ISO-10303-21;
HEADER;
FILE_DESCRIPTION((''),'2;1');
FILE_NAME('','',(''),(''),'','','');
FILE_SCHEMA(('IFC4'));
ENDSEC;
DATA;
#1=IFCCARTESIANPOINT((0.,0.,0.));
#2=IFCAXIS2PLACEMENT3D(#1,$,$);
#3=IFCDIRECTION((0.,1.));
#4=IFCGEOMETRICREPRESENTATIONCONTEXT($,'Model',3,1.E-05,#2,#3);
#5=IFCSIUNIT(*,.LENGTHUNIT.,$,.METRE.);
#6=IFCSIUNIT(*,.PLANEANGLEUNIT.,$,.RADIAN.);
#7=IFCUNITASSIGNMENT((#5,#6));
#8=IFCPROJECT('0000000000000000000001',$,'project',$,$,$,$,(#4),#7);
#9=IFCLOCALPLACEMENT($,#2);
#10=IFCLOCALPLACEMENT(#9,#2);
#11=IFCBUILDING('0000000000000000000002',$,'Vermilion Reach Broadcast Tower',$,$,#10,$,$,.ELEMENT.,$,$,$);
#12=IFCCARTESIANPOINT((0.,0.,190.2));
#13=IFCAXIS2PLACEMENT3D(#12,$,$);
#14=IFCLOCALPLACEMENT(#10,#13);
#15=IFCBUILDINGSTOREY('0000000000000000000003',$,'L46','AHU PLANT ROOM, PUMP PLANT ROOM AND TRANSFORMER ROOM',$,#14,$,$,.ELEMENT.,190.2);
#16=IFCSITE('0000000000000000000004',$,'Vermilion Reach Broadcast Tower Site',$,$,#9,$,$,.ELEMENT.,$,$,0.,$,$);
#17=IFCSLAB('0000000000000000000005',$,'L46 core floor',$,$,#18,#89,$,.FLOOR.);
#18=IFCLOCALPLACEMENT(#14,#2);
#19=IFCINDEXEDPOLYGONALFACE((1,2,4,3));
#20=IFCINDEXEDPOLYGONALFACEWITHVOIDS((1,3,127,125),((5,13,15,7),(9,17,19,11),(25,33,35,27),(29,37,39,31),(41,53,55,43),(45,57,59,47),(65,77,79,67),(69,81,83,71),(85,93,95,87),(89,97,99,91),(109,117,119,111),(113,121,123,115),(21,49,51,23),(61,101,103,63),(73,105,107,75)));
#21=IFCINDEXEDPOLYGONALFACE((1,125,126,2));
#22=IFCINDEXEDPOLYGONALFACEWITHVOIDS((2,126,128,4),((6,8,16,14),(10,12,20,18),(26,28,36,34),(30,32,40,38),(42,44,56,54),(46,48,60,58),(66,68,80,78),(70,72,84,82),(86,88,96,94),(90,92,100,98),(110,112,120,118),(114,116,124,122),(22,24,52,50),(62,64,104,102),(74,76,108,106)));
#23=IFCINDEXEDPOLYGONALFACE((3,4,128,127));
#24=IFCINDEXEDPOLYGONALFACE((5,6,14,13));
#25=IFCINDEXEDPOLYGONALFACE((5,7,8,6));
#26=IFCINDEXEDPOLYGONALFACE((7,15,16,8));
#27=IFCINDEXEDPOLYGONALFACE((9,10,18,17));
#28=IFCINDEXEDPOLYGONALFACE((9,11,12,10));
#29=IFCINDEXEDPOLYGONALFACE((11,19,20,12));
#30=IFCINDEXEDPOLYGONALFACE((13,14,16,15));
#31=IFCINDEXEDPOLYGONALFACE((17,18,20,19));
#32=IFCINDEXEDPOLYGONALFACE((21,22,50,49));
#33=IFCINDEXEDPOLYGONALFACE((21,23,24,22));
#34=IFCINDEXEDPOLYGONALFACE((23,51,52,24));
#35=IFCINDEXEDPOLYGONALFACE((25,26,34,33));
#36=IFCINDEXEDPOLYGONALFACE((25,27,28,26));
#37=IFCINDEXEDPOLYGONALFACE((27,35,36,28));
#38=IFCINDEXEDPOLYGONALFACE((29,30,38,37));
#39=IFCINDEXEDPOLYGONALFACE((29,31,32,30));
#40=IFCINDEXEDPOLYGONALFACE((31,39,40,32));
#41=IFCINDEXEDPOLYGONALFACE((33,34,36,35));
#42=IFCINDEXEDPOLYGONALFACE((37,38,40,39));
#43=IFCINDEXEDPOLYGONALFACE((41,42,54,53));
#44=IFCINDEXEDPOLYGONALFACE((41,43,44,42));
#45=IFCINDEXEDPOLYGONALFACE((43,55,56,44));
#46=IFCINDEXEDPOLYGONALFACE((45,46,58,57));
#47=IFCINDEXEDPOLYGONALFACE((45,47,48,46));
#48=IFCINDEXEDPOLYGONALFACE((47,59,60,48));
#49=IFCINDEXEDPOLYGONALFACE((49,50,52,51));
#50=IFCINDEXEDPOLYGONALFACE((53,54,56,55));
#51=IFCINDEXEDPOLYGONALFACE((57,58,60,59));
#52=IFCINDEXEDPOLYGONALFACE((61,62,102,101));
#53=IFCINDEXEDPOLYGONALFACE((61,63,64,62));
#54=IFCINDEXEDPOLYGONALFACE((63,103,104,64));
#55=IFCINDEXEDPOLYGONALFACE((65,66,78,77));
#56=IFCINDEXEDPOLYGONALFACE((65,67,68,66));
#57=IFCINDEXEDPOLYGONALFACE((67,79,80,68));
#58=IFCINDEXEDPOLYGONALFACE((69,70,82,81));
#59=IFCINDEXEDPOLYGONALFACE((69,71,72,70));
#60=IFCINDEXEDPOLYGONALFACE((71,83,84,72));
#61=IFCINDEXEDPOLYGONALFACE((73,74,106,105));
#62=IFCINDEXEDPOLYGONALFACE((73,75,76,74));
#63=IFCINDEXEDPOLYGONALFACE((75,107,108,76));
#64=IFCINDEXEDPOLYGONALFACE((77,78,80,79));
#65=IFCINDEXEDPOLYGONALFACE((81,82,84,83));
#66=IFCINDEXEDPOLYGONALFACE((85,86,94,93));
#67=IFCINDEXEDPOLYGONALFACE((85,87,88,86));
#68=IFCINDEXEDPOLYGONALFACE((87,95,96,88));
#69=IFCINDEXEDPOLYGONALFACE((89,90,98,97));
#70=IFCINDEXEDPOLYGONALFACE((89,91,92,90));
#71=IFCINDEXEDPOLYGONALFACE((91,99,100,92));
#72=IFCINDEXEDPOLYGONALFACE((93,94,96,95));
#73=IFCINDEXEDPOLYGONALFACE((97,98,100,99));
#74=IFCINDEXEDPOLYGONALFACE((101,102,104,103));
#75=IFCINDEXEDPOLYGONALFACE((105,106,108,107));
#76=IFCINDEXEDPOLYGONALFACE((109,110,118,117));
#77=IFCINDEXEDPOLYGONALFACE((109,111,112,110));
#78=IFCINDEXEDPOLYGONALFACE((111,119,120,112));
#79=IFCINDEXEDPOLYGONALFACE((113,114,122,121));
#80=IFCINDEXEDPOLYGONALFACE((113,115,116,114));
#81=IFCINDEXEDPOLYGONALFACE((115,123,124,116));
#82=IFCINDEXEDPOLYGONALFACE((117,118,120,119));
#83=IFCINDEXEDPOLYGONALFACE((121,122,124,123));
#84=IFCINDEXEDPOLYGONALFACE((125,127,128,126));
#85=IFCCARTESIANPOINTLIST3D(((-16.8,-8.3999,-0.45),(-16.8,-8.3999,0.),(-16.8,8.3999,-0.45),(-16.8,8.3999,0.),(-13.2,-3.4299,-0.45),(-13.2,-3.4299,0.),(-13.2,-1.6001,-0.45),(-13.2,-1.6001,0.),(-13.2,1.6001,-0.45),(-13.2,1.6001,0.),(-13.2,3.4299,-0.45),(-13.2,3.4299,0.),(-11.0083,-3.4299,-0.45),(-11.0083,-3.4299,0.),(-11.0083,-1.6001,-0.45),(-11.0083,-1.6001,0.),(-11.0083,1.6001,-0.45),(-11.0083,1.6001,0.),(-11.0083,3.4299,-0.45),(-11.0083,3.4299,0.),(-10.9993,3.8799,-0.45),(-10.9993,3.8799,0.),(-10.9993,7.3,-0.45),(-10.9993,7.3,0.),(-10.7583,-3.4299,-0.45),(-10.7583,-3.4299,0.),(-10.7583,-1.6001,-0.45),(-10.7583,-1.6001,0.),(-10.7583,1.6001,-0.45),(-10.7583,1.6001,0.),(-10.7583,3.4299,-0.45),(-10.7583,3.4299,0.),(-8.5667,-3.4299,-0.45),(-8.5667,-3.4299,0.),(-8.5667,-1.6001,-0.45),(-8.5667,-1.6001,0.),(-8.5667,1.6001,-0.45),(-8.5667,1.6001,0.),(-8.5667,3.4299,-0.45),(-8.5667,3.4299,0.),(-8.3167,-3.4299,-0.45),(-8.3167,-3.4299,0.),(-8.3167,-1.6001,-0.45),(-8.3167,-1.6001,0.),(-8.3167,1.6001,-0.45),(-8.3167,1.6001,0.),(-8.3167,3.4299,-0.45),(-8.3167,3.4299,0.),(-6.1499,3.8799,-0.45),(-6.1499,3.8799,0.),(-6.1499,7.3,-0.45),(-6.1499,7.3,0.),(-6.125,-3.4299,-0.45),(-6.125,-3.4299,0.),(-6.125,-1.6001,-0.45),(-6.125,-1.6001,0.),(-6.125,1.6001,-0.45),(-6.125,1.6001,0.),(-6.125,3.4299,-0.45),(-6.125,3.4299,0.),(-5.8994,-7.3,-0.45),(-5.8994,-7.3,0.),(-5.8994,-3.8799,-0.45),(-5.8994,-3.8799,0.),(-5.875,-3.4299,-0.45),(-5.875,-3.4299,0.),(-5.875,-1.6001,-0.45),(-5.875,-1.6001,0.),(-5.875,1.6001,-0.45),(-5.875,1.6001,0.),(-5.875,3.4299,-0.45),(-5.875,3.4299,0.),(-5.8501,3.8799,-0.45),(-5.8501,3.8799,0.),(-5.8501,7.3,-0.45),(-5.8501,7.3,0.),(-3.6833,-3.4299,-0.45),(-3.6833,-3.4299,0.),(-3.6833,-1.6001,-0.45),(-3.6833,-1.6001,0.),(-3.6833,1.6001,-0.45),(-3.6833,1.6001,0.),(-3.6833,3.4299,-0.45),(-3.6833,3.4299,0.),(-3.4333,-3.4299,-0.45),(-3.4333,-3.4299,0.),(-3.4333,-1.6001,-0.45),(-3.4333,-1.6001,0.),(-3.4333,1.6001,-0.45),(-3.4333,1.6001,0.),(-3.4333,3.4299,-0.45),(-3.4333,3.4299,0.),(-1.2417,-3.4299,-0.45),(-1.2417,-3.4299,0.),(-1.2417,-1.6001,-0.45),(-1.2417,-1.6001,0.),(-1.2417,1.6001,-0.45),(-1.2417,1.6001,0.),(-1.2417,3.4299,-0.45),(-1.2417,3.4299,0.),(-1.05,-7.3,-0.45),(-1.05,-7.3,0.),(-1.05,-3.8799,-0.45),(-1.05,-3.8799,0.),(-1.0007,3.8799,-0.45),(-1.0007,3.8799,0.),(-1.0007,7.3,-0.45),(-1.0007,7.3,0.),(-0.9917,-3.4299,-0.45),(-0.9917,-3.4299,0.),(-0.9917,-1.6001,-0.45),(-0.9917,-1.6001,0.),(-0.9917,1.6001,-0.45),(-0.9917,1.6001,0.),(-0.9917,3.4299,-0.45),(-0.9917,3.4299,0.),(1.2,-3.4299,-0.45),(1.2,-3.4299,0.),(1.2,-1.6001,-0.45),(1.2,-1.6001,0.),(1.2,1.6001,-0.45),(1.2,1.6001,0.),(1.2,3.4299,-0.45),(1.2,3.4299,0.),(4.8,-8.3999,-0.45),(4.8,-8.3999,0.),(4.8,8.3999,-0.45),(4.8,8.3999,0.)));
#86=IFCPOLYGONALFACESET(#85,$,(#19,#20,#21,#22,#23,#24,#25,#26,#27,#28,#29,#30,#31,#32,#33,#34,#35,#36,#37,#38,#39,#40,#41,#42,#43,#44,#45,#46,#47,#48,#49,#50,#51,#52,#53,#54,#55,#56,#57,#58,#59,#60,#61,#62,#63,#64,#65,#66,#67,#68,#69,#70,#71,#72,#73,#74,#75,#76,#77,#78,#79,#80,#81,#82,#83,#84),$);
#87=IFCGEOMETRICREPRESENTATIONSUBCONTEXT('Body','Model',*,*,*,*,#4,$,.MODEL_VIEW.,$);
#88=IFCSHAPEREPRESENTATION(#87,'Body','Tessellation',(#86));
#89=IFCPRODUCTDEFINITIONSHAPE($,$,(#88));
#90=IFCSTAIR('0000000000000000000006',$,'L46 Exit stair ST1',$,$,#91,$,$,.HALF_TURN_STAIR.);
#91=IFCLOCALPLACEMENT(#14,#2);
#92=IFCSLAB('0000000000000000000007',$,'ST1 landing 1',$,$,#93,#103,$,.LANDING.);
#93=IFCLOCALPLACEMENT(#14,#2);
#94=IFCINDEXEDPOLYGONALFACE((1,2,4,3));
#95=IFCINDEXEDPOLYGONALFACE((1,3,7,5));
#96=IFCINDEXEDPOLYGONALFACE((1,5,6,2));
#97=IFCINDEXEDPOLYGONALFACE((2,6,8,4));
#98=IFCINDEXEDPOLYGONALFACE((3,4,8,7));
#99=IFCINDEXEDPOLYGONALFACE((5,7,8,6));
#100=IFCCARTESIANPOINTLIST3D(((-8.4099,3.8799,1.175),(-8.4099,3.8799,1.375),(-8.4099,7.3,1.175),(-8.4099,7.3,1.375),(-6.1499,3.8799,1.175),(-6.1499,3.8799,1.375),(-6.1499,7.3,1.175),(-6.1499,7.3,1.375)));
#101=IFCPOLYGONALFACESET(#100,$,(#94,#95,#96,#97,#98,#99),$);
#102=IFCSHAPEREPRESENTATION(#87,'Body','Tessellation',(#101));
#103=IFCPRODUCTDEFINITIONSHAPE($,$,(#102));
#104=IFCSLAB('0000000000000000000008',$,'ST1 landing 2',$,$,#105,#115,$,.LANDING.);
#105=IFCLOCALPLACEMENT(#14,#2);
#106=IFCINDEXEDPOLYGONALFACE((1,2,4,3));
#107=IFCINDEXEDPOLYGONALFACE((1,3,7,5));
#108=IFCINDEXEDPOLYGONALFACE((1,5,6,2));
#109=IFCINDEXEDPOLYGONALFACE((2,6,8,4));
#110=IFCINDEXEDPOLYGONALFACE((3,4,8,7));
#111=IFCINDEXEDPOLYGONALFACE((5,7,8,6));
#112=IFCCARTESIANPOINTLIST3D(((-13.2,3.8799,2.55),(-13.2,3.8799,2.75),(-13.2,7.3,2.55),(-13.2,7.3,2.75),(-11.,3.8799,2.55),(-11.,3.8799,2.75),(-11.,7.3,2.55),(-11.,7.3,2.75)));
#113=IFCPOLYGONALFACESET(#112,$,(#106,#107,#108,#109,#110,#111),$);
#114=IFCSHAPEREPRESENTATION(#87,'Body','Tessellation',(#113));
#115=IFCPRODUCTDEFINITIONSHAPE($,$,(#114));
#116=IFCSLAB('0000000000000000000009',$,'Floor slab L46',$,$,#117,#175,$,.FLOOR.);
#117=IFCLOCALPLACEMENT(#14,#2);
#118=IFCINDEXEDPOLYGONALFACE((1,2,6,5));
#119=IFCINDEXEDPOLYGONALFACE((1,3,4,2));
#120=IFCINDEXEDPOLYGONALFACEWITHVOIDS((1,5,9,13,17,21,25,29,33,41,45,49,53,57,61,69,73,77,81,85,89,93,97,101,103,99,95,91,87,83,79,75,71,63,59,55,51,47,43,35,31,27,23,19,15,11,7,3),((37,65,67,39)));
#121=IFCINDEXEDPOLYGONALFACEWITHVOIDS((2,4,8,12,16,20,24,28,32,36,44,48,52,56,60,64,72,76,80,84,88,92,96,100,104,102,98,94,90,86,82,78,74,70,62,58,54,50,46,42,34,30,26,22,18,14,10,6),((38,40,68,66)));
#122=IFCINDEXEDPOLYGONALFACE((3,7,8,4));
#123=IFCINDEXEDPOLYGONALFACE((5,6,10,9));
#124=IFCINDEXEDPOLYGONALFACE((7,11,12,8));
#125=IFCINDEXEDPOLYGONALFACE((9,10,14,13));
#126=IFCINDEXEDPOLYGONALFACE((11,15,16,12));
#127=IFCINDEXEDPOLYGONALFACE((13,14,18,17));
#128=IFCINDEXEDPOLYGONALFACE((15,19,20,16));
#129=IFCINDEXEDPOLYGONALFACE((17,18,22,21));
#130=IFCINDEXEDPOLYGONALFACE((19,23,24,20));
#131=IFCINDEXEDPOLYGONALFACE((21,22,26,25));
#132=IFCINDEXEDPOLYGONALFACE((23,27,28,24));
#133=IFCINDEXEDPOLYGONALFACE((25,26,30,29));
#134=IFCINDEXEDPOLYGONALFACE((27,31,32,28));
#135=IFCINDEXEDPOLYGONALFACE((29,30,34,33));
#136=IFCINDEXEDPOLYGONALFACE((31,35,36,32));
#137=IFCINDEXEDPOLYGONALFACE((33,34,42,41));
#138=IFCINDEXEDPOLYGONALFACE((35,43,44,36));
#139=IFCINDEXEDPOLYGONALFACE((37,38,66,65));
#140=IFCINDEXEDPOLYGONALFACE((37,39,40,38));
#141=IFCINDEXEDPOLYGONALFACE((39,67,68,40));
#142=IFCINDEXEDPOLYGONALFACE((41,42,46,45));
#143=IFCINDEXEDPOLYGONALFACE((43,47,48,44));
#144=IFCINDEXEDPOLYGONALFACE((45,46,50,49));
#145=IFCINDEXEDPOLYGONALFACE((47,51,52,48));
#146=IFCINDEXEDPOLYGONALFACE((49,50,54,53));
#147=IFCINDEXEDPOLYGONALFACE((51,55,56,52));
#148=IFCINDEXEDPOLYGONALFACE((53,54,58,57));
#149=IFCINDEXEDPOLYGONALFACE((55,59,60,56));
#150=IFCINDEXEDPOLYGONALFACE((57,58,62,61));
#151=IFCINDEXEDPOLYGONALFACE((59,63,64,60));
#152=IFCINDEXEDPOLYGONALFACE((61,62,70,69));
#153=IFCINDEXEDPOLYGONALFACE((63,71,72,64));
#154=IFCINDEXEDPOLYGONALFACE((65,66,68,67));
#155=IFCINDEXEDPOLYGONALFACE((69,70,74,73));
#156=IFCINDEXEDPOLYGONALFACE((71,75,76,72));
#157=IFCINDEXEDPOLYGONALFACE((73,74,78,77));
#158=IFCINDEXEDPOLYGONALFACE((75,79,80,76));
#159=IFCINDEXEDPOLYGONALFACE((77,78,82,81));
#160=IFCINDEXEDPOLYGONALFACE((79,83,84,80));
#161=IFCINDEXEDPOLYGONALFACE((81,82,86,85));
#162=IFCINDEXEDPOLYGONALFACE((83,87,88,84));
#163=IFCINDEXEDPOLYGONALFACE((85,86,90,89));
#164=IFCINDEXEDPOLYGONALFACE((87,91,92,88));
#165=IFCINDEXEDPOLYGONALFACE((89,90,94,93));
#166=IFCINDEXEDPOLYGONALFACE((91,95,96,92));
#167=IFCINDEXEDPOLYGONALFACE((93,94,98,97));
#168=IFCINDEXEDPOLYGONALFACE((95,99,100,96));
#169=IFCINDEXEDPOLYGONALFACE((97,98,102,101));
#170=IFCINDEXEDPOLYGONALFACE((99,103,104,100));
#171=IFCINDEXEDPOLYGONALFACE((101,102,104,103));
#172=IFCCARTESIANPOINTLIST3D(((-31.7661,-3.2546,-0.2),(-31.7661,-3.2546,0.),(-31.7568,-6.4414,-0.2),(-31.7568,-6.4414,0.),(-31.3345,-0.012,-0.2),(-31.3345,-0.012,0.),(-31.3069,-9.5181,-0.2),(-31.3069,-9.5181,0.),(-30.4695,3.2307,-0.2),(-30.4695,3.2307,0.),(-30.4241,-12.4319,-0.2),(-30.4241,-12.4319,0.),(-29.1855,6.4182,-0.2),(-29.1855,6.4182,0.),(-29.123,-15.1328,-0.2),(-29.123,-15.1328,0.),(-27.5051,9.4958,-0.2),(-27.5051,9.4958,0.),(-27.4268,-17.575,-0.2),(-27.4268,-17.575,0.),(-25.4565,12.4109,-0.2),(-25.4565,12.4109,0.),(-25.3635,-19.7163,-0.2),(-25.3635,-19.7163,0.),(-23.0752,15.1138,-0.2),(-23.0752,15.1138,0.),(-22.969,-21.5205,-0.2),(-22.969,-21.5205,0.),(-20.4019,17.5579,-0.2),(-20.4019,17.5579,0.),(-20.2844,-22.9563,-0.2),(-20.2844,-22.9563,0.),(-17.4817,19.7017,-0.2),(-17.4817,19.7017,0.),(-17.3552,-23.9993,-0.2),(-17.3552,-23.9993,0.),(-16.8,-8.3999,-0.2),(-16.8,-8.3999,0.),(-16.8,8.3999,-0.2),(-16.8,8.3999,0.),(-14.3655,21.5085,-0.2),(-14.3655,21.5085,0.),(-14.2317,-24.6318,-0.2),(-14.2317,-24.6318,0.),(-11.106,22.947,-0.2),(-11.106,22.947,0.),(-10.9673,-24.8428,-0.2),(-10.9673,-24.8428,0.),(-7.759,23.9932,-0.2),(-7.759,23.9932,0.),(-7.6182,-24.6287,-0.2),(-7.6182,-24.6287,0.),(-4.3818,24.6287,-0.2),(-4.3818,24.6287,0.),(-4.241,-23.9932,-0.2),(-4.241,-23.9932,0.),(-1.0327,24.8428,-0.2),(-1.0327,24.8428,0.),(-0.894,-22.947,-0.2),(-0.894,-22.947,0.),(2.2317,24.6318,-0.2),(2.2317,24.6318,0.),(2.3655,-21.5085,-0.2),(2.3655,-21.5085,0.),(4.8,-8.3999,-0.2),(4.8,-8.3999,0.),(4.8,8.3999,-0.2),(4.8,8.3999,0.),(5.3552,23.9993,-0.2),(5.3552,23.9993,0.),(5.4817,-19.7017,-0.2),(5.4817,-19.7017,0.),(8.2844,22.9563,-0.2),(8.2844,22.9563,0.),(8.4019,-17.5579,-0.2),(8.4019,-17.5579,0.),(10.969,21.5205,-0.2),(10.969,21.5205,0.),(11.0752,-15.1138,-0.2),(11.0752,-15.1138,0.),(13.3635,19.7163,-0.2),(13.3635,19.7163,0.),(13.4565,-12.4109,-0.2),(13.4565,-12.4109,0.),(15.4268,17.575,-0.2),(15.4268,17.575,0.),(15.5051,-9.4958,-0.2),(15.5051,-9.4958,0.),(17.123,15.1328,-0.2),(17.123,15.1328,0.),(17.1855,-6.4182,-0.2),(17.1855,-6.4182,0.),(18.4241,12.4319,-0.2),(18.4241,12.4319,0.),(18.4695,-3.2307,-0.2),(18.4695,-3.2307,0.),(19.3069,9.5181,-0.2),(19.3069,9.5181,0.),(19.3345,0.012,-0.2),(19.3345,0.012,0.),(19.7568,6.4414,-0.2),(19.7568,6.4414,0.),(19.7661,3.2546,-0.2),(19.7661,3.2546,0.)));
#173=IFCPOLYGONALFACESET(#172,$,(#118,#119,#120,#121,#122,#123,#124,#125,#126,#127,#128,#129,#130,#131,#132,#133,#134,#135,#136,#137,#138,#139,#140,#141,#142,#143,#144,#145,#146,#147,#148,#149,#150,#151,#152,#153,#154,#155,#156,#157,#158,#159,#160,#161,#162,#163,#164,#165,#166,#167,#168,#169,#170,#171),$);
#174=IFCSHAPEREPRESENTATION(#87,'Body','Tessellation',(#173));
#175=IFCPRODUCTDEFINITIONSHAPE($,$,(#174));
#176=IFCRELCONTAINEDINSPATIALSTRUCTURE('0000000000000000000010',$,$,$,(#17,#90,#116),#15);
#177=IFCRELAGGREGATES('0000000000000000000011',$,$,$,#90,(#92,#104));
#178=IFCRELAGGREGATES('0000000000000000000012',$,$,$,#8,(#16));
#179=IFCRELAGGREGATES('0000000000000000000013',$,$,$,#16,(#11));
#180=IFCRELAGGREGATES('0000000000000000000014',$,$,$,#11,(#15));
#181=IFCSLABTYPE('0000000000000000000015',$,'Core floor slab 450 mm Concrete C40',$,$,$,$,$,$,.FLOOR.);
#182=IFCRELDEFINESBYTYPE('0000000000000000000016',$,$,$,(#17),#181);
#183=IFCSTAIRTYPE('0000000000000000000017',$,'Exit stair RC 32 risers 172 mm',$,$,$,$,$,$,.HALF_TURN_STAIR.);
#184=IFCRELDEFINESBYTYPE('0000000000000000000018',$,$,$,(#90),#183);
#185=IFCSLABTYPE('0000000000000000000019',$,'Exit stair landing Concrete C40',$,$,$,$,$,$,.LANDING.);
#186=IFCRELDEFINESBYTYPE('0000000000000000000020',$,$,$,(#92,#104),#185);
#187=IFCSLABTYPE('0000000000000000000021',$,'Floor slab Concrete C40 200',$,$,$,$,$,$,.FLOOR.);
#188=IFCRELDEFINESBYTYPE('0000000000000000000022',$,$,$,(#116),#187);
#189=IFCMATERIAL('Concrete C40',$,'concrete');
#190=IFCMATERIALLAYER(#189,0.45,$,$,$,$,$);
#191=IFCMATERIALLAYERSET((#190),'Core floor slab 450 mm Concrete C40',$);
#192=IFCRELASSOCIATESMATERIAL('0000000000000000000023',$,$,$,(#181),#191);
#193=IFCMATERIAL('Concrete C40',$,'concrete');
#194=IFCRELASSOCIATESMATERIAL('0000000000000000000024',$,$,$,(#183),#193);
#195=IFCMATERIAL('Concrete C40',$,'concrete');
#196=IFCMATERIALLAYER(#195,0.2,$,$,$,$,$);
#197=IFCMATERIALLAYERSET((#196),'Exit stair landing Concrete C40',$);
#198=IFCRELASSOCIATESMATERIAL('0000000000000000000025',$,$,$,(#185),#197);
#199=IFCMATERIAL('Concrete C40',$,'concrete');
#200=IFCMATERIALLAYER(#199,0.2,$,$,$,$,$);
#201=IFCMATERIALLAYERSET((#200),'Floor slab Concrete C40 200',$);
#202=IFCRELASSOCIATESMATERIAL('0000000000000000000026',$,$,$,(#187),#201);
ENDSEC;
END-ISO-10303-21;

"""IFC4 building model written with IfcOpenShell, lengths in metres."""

from ifc_helpers import new_model, si_unit, direction, frame, origin, place, context, subcontext, project, spatial, polyline, outline, extrude, material, layer, layer_set, type_object, element, aggregate, save


model = new_model("IFC4")

# Units and contexts
model_context = context("Model", 3, precision=1e-05, world=origin(), true_north=direction((0.0, 1.0)))
body_context = subcontext(model_context, "Body", "Model", "MODEL_VIEW")
ifc_project = project(units=[si_unit("LENGTHUNIT", "METRE"), si_unit("PLANEANGLEUNIT", "RADIAN")], contexts=[model_context])

# Site, building, storey
site_placement = place(None, origin())
site = spatial("IfcSite", under=ifc_project, at=site_placement, Name="Vermilion Reach Broadcast Tower Site", CompositionType="ELEMENT", RefElevation=0.0)
building_placement = place(site_placement, origin())
building = spatial("IfcBuilding", under=site, at=building_placement, Name="Vermilion Reach Broadcast Tower", CompositionType="ELEMENT")
storey_placement = place(building_placement, frame((0.0, 0.0, 190.2)))
storey = spatial("IfcBuildingStorey", under=building, at=storey_placement, Name="L46", Description="AHU PLANT ROOM, PUMP PLANT ROOM AND TRANSFORMER ROOM", CompositionType="ELEMENT", Elevation=190.2)

# Slab
ifc_material_1 = material(Name="Concrete C40", Category="concrete")
ifc_layer_1 = layer(ifc_material_1, 0.45)
ifc_layer_set_1 = layer_set([ifc_layer_1], Name="Core floor slab 450 mm Concrete C40")
slab_type_1 = type_object("IfcSlabType", Name="Core floor slab 450 mm Concrete C40", PredefinedType="FLOOR", material=ifc_layer_set_1)
slab_1_placement = place(storey_placement, frame((0.0, 0.0, -0.45)))
element("IfcSlab", 1, at=slab_1_placement, inside=storey, type_object=slab_type_1, Name="L46 core floor", PredefinedType="FLOOR", context=body_context, shape_type="SweptSolid", body=[
    extrude(outline(polyline([(-16.8, -8.3999), (4.8, -8.3999), (4.8, 8.3999), (-16.8, 8.3999), (-16.8, -8.3999)]), holes=[polyline([(-13.2, 1.6001), (-11.0083, 1.6001), (-11.0083, 3.4299), (-13.2, 3.4299), (-13.2, 1.6001)]), polyline([(-10.7583, 1.6001), (-8.5667, 1.6001), (-8.5667, 3.4299), (-10.7583, 3.4299), (-10.7583, 1.6001)]), polyline([(-8.3167, 1.6001), (-6.125, 1.6001), (-6.125, 3.4299), (-8.3167, 3.4299), (-8.3167, 1.6001)]), polyline([(-5.875, 1.6001), (-3.6833, 1.6001), (-3.6833, 3.4299), (-5.875, 3.4299), (-5.875, 1.6001)]), polyline([(-3.4333, 1.6001), (-1.2417, 1.6001), (-1.2417, 3.4299), (-3.4333, 3.4299), (-3.4333, 1.6001)]), polyline([(-0.9917, 1.6001), (1.2, 1.6001), (1.2, 3.4299), (-0.9917, 3.4299), (-0.9917, 1.6001)]), polyline([(-13.2, -3.4299), (-11.0083, -3.4299), (-11.0083, -1.6001), (-13.2, -1.6001), (-13.2, -3.4299)]), polyline([(-10.7583, -3.4299), (-8.5667, -3.4299), (-8.5667, -1.6001), (-10.7583, -1.6001), (-10.7583, -3.4299)]), polyline([(-8.3167, -3.4299), (-6.125, -3.4299), (-6.125, -1.6001), (-8.3167, -1.6001), (-8.3167, -3.4299)]), polyline([(-5.875, -3.4299), (-3.6833, -3.4299), (-3.6833, -1.6001), (-5.875, -1.6001), (-5.875, -3.4299)]), polyline([(-3.4333, -3.4299), (-1.2417, -3.4299), (-1.2417, -1.6001), (-3.4333, -1.6001), (-3.4333, -3.4299)]), polyline([(-0.9917, -3.4299), (1.2, -3.4299), (1.2, -1.6001), (-0.9917, -1.6001), (-0.9917, -3.4299)]), polyline([(-10.9993, 3.8799), (-6.1499, 3.8799), (-6.1499, 7.3), (-10.9993, 7.3), (-10.9993, 3.8799)]), polyline([(-1.0007, 7.3), (-5.8501, 7.3), (-5.8501, 3.8799), (-1.0007, 3.8799), (-1.0007, 7.3)]), polyline([(-5.8994, -7.3), (-1.05, -7.3), (-1.05, -3.8799), (-5.8994, -3.8799), (-5.8994, -7.3)])]), origin(), (0.0, 0.0, 1.0), 0.45),
])

# Stair, slabs
ifc_material_2 = material(Name="Concrete C40", Category="concrete")
stair_type = type_object("IfcStairType", Name="Exit stair RC 32 risers 172 mm", PredefinedType="HALF_TURN_STAIR", material=ifc_material_2)
placement = place(storey_placement, origin())
stair_1 = element("IfcStair", 2, at=placement, inside=storey, type_object=stair_type, Name="L46 Exit stair ST1", PredefinedType="HALF_TURN_STAIR")
ifc_material_3 = material(Name="Concrete C40", Category="concrete")
ifc_layer_2 = layer(ifc_material_3, 0.2)
ifc_layer_set_2 = layer_set([ifc_layer_2], Name="Exit stair landing Concrete C40")
slab_type_2 = type_object("IfcSlabType", Name="Exit stair landing Concrete C40", PredefinedType="LANDING", material=ifc_layer_set_2)
slab_2_placement = place(storey_placement, frame((0.0, 0.0, 1.175)))
slab_2 = element("IfcSlab", 3, at=slab_2_placement, type_object=slab_type_2, Name="ST1 landing 1", PredefinedType="LANDING", context=body_context, shape_type="SweptSolid", body=[
    extrude(outline(polyline([(-8.4099, 3.8799), (-6.1499, 3.8799), (-6.1499, 7.3), (-8.4099, 7.3), (-8.4099, 3.8799)])), origin(), (0.0, 0.0, 1.0), 0.2),
])
slab_3_placement = place(storey_placement, frame((0.0, 0.0, 2.55)))
slab_3 = element("IfcSlab", 4, at=slab_3_placement, type_object=slab_type_2, Name="ST1 landing 2", PredefinedType="LANDING", context=body_context, shape_type="SweptSolid", body=[
    extrude(outline(polyline([(-13.2, 3.8799), (-11.0, 3.8799), (-11.0, 7.3), (-13.2, 7.3), (-13.2, 3.8799)])), origin(), (0.0, 0.0, 1.0), 0.2),
])
aggregate(stair_1, [slab_2, slab_3])

# Slab
ifc_material_4 = material(Name="Concrete C40", Category="concrete")
ifc_layer_3 = layer(ifc_material_4, 0.2)
ifc_layer_set_3 = layer_set([ifc_layer_3], Name="Floor slab Concrete C40 200")
slab_type_3 = type_object("IfcSlabType", Name="Floor slab Concrete C40 200", PredefinedType="FLOOR", material=ifc_layer_set_3)
slab_4_placement = place(storey_placement, frame((0.0, 0.0, -0.2)))
element("IfcSlab", 5, at=slab_4_placement, inside=storey, type_object=slab_type_3, Name="Floor slab L46", PredefinedType="FLOOR", context=body_context, shape_type="SweptSolid", body=[
    extrude(outline(polyline([(15.4268, 17.575), (13.3635, 19.7163), (10.969, 21.5205), (8.2844, 22.9563), (5.3552, 23.9993), (2.2317, 24.6318), (-1.0327, 24.8428), (-4.3818, 24.6287), (-7.759, 23.9932), (-11.106, 22.947), (-14.3655, 21.5085), (-17.4817, 19.7017), (-20.4019, 17.5579), (-23.0752, 15.1138), (-25.4565, 12.4109), (-27.5051, 9.4958), (-29.1855, 6.4182), (-30.4695, 3.2307), (-31.3345, -0.012), (-31.7661, -3.2546), (-31.7568, -6.4414), (-31.3069, -9.5181), (-30.4241, -12.4319), (-29.123, -15.1328), (-27.4268, -17.575), (-25.3635, -19.7163), (-22.969, -21.5205), (-20.2844, -22.9563), (-17.3552, -23.9993), (-14.2317, -24.6318), (-10.9673, -24.8428), (-7.6182, -24.6287), (-4.241, -23.9932), (-0.894, -22.947), (2.3655, -21.5085), (5.4817, -19.7017), (8.4019, -17.5579), (11.0752, -15.1138), (13.4565, -12.4109), (15.5051, -9.4958), (17.1855, -6.4182), (18.4695, -3.2307), (19.3345, 0.012), (19.7661, 3.2546), (19.7568, 6.4414), (19.3069, 9.5181), (18.4241, 12.4319), (17.123, 15.1328), (15.4268, 17.575)]), holes=[polyline([(-16.8, -8.3999), (4.8, -8.3999), (4.8, 8.3999), (-16.8, 8.3999), (-16.8, -8.3999)])]), origin(), (0.0, 0.0, 1.0), 0.2),
])

save(model, "model.ifc")
